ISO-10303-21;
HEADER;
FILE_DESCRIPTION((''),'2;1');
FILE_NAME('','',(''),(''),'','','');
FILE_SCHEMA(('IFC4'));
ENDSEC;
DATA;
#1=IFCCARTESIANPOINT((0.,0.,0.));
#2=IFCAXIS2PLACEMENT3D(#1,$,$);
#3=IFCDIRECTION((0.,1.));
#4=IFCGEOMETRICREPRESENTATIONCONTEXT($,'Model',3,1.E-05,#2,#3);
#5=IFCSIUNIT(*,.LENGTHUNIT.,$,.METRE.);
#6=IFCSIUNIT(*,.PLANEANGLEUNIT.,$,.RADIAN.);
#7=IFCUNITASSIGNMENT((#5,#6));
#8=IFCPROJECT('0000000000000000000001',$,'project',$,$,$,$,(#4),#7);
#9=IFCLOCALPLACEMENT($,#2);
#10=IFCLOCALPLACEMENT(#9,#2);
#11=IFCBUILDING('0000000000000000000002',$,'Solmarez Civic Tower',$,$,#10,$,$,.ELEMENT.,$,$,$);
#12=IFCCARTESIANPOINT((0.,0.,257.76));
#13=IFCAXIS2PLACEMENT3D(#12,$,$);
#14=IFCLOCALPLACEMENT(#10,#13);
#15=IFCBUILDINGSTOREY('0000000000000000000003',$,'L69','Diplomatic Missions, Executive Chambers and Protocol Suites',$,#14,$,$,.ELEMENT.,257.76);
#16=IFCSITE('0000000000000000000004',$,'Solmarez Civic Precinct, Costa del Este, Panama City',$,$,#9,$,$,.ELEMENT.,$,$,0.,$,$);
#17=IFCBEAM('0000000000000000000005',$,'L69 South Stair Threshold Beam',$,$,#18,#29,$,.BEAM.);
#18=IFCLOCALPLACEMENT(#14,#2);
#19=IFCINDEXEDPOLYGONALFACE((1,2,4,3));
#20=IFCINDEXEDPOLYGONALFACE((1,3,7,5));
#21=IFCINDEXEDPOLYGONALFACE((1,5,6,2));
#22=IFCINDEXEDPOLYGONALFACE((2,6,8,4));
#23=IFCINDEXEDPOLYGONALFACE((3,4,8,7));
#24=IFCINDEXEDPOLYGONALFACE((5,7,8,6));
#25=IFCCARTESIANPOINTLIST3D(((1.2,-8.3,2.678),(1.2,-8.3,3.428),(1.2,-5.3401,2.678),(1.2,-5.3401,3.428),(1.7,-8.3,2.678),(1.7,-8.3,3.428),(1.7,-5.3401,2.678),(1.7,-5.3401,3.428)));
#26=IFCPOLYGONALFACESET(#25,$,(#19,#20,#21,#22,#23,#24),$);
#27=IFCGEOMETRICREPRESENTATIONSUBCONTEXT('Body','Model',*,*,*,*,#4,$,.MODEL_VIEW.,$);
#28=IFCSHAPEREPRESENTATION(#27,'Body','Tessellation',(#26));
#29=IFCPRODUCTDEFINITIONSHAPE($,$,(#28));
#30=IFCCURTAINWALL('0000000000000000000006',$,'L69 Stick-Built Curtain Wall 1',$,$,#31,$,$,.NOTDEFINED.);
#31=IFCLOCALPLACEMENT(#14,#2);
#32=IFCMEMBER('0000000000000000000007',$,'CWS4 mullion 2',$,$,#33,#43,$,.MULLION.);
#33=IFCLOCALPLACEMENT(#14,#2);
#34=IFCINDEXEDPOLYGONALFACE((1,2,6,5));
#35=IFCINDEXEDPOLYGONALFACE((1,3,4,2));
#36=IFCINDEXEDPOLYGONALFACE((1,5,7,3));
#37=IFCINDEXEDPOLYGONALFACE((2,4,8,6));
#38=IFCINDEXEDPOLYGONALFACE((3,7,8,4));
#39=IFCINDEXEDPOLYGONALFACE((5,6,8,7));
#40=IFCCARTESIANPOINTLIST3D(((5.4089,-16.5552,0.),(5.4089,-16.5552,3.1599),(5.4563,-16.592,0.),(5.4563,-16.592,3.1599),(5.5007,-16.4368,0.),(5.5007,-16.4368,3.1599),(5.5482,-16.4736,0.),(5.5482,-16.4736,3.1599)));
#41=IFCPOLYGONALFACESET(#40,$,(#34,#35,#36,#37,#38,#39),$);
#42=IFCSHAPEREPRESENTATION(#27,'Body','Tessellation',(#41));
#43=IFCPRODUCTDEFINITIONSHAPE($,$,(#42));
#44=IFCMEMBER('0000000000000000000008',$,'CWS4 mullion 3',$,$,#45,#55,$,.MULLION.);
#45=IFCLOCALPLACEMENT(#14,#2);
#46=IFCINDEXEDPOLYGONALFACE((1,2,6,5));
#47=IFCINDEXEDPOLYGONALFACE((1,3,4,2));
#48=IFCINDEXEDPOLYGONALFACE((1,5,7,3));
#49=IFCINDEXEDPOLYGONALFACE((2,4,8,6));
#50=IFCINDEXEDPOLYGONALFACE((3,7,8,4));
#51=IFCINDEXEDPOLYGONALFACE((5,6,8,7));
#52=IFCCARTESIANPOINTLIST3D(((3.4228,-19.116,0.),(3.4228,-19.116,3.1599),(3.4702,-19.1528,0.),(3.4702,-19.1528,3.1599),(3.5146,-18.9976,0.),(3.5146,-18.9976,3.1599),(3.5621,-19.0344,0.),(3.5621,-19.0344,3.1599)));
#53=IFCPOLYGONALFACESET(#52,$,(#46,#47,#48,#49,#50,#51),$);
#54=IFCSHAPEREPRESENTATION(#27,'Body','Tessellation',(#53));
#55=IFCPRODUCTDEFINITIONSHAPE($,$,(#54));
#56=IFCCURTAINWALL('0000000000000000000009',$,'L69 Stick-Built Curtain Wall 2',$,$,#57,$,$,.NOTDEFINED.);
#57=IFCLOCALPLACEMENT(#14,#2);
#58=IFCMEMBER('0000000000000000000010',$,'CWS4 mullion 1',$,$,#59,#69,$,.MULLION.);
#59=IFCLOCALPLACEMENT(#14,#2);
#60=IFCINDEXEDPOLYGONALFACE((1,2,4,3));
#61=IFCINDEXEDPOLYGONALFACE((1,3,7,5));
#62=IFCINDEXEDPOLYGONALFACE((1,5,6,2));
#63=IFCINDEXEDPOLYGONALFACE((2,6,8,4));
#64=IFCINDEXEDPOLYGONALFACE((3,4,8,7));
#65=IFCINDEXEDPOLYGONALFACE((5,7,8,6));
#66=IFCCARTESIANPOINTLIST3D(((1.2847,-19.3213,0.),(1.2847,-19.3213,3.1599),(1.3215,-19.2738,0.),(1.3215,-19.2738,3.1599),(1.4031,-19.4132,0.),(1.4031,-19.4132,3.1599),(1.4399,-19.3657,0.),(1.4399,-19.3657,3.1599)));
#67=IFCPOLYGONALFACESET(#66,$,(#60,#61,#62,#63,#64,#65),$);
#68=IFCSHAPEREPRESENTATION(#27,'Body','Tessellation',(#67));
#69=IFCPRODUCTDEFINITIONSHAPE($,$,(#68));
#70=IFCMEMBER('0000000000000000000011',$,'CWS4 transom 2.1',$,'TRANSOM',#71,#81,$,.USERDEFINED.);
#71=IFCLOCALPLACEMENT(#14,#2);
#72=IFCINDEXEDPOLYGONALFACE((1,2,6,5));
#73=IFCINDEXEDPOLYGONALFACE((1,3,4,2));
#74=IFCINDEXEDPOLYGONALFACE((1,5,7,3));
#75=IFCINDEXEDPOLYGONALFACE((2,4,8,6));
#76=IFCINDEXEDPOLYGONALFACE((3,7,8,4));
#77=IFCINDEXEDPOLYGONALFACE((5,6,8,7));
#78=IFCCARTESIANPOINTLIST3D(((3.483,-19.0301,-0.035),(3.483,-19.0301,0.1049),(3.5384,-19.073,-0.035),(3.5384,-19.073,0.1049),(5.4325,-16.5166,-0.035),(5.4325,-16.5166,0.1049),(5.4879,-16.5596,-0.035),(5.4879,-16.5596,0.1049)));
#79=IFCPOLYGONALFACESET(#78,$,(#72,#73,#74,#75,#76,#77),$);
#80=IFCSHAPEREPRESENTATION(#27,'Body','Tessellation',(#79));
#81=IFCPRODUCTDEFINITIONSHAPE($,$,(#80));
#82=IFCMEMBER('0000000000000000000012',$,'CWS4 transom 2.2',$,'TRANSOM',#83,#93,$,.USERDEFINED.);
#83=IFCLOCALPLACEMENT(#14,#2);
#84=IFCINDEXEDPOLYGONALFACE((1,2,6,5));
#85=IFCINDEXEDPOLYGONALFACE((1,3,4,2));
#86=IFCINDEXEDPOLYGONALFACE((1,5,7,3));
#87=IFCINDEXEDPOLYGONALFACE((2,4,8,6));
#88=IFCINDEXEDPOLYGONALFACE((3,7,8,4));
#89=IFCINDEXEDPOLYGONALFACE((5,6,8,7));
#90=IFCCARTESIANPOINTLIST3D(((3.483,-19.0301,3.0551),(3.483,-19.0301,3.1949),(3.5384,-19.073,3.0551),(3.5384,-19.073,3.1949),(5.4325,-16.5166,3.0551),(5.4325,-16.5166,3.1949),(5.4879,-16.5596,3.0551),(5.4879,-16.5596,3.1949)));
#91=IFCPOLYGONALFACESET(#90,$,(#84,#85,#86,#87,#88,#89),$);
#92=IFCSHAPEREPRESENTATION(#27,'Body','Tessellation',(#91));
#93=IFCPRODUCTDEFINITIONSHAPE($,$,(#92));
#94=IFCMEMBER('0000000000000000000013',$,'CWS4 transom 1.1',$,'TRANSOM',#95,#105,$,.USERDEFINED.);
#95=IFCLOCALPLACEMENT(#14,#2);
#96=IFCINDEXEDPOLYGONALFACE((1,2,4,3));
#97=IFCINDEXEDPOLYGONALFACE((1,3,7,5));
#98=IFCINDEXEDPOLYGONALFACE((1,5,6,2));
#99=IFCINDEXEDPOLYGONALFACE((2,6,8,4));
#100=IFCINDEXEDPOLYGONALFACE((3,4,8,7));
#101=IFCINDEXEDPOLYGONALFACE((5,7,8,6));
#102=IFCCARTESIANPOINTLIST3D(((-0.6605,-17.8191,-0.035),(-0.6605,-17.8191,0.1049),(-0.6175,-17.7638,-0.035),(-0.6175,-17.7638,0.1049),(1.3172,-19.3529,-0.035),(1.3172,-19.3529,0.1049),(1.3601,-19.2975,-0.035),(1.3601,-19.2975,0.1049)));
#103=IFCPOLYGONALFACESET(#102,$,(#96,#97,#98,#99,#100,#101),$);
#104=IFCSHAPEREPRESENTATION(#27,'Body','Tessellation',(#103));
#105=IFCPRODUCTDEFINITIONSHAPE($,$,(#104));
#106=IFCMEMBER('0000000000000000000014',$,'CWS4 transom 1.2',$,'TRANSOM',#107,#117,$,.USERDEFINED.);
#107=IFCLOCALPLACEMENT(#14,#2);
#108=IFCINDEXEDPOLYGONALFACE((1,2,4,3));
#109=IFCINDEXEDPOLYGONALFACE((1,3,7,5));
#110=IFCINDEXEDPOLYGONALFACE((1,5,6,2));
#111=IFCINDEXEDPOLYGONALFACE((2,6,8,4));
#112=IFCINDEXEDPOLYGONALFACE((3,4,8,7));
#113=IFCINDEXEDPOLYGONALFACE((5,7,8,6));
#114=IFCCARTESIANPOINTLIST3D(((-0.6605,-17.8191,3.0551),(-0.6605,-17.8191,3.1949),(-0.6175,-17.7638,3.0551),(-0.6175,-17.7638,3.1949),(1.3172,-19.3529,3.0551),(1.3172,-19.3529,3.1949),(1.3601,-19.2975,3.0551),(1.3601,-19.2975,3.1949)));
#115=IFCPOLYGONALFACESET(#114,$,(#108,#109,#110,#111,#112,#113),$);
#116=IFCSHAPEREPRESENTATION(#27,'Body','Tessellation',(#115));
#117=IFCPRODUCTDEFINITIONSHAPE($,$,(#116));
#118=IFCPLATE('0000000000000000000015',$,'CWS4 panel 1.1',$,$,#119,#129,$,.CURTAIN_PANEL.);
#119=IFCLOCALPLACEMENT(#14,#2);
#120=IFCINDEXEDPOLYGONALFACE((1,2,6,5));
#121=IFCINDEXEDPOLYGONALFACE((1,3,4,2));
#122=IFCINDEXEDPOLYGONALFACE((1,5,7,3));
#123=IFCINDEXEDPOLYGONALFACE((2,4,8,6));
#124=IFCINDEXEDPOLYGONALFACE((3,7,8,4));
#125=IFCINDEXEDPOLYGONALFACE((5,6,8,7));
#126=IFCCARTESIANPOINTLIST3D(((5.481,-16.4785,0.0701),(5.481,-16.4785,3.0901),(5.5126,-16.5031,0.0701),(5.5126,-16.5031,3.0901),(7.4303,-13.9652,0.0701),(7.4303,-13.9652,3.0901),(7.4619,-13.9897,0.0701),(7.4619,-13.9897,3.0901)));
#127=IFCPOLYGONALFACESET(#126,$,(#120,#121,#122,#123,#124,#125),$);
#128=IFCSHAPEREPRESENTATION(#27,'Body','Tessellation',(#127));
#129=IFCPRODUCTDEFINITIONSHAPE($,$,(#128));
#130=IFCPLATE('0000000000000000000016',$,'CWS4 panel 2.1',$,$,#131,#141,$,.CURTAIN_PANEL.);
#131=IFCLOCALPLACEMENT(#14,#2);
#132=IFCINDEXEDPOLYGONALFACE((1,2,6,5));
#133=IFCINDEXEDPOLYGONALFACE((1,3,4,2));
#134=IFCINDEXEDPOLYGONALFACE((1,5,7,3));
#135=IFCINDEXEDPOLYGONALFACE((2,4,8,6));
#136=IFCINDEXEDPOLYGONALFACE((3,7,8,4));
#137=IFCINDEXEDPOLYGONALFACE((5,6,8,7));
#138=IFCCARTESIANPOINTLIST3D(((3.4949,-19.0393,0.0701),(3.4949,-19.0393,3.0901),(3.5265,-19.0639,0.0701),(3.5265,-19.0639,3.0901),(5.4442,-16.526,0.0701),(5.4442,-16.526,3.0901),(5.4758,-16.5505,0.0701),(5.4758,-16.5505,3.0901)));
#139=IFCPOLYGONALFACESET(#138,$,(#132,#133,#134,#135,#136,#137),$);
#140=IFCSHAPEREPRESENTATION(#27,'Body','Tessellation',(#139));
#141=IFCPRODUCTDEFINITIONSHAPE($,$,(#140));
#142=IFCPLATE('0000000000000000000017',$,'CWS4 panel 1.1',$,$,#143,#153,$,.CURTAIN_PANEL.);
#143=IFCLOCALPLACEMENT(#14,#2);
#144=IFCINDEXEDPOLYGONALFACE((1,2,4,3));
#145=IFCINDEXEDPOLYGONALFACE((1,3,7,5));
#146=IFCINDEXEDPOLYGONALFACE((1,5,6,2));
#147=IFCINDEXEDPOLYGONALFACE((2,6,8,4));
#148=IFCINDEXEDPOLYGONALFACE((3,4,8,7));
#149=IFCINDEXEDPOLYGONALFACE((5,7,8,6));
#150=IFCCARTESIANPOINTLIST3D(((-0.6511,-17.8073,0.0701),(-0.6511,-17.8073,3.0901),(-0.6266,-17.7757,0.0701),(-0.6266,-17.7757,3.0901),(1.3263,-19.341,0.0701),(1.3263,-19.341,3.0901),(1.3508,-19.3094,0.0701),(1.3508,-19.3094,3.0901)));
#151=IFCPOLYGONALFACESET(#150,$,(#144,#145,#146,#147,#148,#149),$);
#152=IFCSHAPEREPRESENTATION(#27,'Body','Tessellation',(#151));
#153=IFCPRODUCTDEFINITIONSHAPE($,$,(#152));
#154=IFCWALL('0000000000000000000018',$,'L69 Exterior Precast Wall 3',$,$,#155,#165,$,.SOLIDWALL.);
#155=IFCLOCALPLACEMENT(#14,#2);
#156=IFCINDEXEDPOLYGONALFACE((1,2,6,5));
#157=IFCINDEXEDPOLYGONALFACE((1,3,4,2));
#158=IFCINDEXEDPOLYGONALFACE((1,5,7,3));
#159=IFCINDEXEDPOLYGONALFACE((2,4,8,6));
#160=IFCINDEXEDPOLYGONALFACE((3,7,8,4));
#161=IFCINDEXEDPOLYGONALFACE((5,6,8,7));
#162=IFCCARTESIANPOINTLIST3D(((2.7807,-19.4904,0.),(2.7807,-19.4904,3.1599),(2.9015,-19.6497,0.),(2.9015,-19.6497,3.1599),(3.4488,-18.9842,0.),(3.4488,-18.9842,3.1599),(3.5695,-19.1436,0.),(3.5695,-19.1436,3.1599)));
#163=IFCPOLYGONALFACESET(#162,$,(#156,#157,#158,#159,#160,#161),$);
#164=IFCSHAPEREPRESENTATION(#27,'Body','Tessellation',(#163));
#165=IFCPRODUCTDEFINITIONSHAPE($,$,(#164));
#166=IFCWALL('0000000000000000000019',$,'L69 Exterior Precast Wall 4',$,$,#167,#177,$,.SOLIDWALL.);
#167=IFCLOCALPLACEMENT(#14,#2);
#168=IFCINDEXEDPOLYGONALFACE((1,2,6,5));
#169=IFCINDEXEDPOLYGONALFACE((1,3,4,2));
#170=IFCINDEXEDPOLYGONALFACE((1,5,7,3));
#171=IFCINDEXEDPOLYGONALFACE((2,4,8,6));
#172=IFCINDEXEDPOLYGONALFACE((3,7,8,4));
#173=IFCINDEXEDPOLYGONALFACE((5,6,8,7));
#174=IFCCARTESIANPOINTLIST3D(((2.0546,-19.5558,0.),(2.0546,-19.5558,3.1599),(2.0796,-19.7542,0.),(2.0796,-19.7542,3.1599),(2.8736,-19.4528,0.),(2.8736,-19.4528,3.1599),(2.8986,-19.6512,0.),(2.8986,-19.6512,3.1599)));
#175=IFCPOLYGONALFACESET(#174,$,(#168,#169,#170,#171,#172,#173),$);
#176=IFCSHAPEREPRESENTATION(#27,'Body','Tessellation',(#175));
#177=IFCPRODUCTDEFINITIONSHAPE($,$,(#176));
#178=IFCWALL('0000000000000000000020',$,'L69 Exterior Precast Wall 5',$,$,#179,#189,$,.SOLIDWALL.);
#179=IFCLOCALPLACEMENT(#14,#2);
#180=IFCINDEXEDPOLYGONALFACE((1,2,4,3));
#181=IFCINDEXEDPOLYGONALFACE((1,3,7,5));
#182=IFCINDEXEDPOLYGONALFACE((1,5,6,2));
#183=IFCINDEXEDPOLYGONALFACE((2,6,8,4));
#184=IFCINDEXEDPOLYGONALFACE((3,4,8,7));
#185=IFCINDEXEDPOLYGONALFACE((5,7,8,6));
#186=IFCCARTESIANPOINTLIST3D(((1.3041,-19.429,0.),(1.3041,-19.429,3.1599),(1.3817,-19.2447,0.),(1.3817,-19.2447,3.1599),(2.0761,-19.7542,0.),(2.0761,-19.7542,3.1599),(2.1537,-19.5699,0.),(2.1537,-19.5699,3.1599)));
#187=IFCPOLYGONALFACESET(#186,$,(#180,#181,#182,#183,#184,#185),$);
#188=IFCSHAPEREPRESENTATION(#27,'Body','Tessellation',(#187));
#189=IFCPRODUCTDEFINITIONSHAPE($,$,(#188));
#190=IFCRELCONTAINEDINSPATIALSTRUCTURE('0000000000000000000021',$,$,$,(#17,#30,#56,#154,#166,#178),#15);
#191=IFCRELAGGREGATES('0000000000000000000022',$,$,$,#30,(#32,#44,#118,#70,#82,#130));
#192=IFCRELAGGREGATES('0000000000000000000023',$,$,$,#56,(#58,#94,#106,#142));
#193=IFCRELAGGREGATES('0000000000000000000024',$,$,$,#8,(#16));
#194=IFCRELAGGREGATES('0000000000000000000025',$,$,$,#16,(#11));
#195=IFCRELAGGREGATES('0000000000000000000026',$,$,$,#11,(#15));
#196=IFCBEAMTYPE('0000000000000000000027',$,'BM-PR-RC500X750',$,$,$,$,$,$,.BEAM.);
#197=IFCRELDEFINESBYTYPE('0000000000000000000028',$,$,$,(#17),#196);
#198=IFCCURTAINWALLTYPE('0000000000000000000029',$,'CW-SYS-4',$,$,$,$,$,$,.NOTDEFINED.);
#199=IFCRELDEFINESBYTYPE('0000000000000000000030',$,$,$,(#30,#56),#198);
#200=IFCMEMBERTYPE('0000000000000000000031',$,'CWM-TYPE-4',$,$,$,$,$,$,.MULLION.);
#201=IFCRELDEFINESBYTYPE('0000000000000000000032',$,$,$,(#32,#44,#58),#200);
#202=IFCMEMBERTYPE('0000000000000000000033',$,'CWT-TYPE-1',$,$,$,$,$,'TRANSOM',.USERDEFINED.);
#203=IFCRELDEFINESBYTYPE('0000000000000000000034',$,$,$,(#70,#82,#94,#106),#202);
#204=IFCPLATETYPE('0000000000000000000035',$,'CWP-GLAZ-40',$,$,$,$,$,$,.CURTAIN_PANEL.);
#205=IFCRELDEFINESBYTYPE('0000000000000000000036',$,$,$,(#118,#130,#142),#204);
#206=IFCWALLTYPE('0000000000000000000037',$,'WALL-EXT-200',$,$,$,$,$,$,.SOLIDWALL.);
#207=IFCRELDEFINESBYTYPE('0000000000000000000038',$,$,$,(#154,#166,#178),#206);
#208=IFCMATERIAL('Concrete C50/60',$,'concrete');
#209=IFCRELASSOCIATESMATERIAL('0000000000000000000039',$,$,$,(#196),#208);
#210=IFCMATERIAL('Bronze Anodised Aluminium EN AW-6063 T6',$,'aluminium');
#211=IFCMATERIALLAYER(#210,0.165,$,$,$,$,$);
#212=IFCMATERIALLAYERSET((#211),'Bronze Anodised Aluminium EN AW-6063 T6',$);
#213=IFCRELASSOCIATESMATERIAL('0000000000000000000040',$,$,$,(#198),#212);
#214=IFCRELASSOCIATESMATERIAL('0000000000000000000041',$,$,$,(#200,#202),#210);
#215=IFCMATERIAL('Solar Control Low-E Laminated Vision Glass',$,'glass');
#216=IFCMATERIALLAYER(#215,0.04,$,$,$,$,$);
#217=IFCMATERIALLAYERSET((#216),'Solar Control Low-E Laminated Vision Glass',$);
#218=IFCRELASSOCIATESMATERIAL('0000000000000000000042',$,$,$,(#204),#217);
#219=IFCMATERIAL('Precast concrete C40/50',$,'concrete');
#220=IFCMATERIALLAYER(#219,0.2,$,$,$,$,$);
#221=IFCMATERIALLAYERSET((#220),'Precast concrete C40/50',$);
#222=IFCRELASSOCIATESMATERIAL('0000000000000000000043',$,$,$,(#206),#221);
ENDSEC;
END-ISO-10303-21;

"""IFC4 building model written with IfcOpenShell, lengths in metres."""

from ifc_helpers import new_model, si_unit, direction, frame, frame_2d, origin, origin_2d, place, context, subcontext, project, spatial, rectangle, extrude, material, layer, layer_set, material_profile, profile_set, type_object, element, aggregate, save


model = new_model("IFC4")

# Units and contexts
model_context = context("Model", 3, precision=1e-05, world=origin(), true_north=direction((0.0, 1.0)))
body_context = subcontext(model_context, "Body", "Model", "MODEL_VIEW")
ifc_project = project(units=[si_unit("LENGTHUNIT", "METRE"), si_unit("PLANEANGLEUNIT", "RADIAN")], contexts=[model_context])

# Site, building, storey
site_placement = place(None, origin())
site = spatial("IfcSite", under=ifc_project, at=site_placement, Name="Solmarez Civic Precinct, Costa del Este, Panama City", CompositionType="ELEMENT", RefElevation=0.0)
building_placement = place(site_placement, origin())
building = spatial("IfcBuilding", under=site, at=building_placement, Name="Solmarez Civic Tower", CompositionType="ELEMENT")
storey_placement = place(building_placement, frame((0.0, 0.0, 257.76)))
storey = spatial("IfcBuildingStorey", under=building, at=storey_placement, Name="L69", Description="Diplomatic Missions, Executive Chambers and Protocol Suites", CompositionType="ELEMENT", Elevation=257.76)

# Beam
ifc_material_1 = material(Name="Concrete C50/60", Category="concrete")
ifc_material_profile_1 = material_profile(ifc_material_1, rectangle(XDim=0.5, YDim=0.75, at=origin_2d()), Name="RC500X750")
ifc_profile_set_1 = profile_set([ifc_material_profile_1], Name="Concrete C50/60")
beam_type = type_object("IfcBeamType", Name="BM-PR-RC500X750", PredefinedType="BEAM", material=ifc_profile_set_1)
beam_placement = place(storey_placement, frame((1.45, -8.3, 3.053), z_axis=(0.0, 1.0, 0.0), x_axis=(-1.0, 0.0, 0.0)))
element("IfcBeam", 1, at=beam_placement, inside=storey, type_object=beam_type, Name="L69 South Stair Threshold Beam", PredefinedType="BEAM", context=body_context, shape_type="SweptSolid", body=[
    extrude(rectangle(XDim=0.5, YDim=0.75, at=origin_2d()), origin(), (0.0, 0.0, 1.0), 2.96),
])

# Curtain wall, members
ifc_material_2 = material(Name="Bronze Anodised Aluminium EN AW-6063 T6", Category="aluminium")
ifc_layer_1 = layer(ifc_material_2, 0.165)
ifc_layer_set_1 = layer_set([ifc_layer_1], Name="Bronze Anodised Aluminium EN AW-6063 T6")
curtain_wall_type = type_object("IfcCurtainWallType", Name="CW-SYS-4", PredefinedType="NOTDEFINED", material=ifc_layer_set_1)
curtain_wall_1_placement = place(storey_placement, origin())
curtain_wall_1 = element("IfcCurtainWall", 2, at=curtain_wall_1_placement, inside=storey, type_object=curtain_wall_type, Name="L69 Stick-Built Curtain Wall 1", PredefinedType="NOTDEFINED")
ifc_material_profile_2 = material_profile(ifc_material_2, rectangle(XDim=0.0601, YDim=0.1499, at=origin_2d()), Name="CWM-60X150")
ifc_profile_set_2 = profile_set([ifc_material_profile_2], Name="Bronze Anodised Aluminium EN AW-6063 T6")
member_type_1 = type_object("IfcMemberType", Name="CWM-TYPE-4", PredefinedType="MULLION", material=ifc_profile_set_2)
member_1_placement = place(storey_placement, frame((5.4785, -16.5144, 0.0), z_axis=(0.0, 0.0, 1.0), x_axis=(0.790191, -0.612861, 0.0)))
member_1 = element("IfcMember", 3, at=member_1_placement, type_object=member_type_1, Name="CWS4 mullion 2", PredefinedType="MULLION", context=body_context, shape_type="SweptSolid", body=[
    extrude(rectangle(XDim=0.0601, YDim=0.1499, at=origin_2d()), origin(), (0.0, 0.0, 1.0), 3.1599),
])
member_2_placement = place(storey_placement, frame((3.4924, -19.0752, 0.0), z_axis=(0.0, 0.0, 1.0), x_axis=(0.790191, -0.612861, 0.0)))
member_2 = element("IfcMember", 4, at=member_2_placement, type_object=member_type_1, Name="CWS4 mullion 3", PredefinedType="MULLION", context=body_context, shape_type="SweptSolid", body=[
    extrude(rectangle(XDim=0.0601, YDim=0.1499, at=origin_2d()), origin(), (0.0, 0.0, 1.0), 3.1599),
])

# Curtain wall, member
curtain_wall_2_placement = place(storey_placement, origin())
curtain_wall_2 = element("IfcCurtainWall", 5, at=curtain_wall_2_placement, inside=storey, type_object=curtain_wall_type, Name="L69 Stick-Built Curtain Wall 2", PredefinedType="NOTDEFINED")
member_3_placement = place(storey_placement, frame((1.3623, -19.3435, 0.0), z_axis=(0.0, 0.0, 1.0), x_axis=(-0.612864, -0.790189, 0.0)))
member_3 = element("IfcMember", 6, at=member_3_placement, type_object=member_type_1, Name="CWS4 mullion 1", PredefinedType="MULLION", context=body_context, shape_type="SweptSolid", body=[
    extrude(rectangle(XDim=0.0601, YDim=0.1499, at=origin_2d()), origin(), (0.0, 0.0, 1.0), 3.1599),
])

# Members
ifc_material_profile_3 = material_profile(ifc_material_2, rectangle(XDim=0.0701, YDim=0.1399, at=origin_2d()), Name="CWT-70X140")
ifc_profile_set_3 = profile_set([ifc_material_profile_3], Name="Bronze Anodised Aluminium EN AW-6063 T6")
member_type_2 = type_object("IfcMemberType", Name="CWT-TYPE-1", ElementType="TRANSOM", PredefinedType="USERDEFINED", material=ifc_profile_set_3)
member_4_placement = place(storey_placement, frame((5.4602, -16.5381, 0.0349), z_axis=(-0.612877, -0.790178, 0.0), x_axis=(0.790178, -0.612877, 0.0)))
member_4 = element("IfcMember", 7, at=member_4_placement, type_object=member_type_2, Name="CWS4 transom 2.1", ObjectType="TRANSOM", PredefinedType="USERDEFINED", context=body_context, shape_type="SweptSolid", body=[
    extrude(rectangle(XDim=0.0701, YDim=0.1399, at=origin_2d()), origin(), (0.0, 0.0, 1.0), 3.1809),
])
member_5_placement = place(storey_placement, frame((5.4602, -16.5381, 3.125), z_axis=(-0.612877, -0.790178, 0.0), x_axis=(0.790178, -0.612877, 0.0)))
member_5 = element("IfcMember", 8, at=member_5_placement, type_object=member_type_2, Name="CWS4 transom 2.2", ObjectType="TRANSOM", PredefinedType="USERDEFINED", context=body_context, shape_type="SweptSolid", body=[
    extrude(rectangle(XDim=0.0701, YDim=0.1399, at=origin_2d()), origin(), (0.0, 0.0, 1.0), 3.1809),
])
member_6_placement = place(storey_placement, frame((1.3386, -19.3252, 0.0349), z_axis=(-0.790202, 0.612846, 0.0), x_axis=(-0.612846, -0.790202, 0.0)))
member_6 = element("IfcMember", 9, at=member_6_placement, type_object=member_type_2, Name="CWS4 transom 1.1", ObjectType="TRANSOM", PredefinedType="USERDEFINED", context=body_context, shape_type="SweptSolid", body=[
    extrude(rectangle(XDim=0.0701, YDim=0.1399, at=origin_2d()), origin(), (0.0, 0.0, 1.0), 2.5027),
])
member_7_placement = place(storey_placement, frame((1.3386, -19.3252, 3.125), z_axis=(-0.790202, 0.612846, 0.0), x_axis=(-0.612846, -0.790202, 0.0)))
member_7 = element("IfcMember", 10, at=member_7_placement, type_object=member_type_2, Name="CWS4 transom 1.2", ObjectType="TRANSOM", PredefinedType="USERDEFINED", context=body_context, shape_type="SweptSolid", body=[
    extrude(rectangle(XDim=0.0701, YDim=0.1399, at=origin_2d()), origin(), (0.0, 0.0, 1.0), 2.5027),
])

# Plates
ifc_material_3 = material(Name="Solar Control Low-E Laminated Vision Glass", Category="glass")
ifc_layer_2 = layer(ifc_material_3, 0.04)
ifc_layer_set_2 = layer_set([ifc_layer_2], Name="Solar Control Low-E Laminated Vision Glass")
plate_type = type_object("IfcPlateType", Name="CWP-GLAZ-40", PredefinedType="CURTAIN_PANEL", material=ifc_layer_set_2)
plate_1_placement = place(storey_placement, frame((6.4714, -15.2341, 0.0701), z_axis=(0.0, 0.0, 1.0), x_axis=(-0.612861, -0.790191, 0.0)))
plate_1 = element("IfcPlate", 11, at=plate_1_placement, type_object=plate_type, Name="CWS4 panel 1.1", PredefinedType="CURTAIN_PANEL", context=body_context, shape_type="SweptSolid", body=[
    extrude(rectangle(XDim=3.1807, YDim=0.04, at=origin_2d()), origin(), (0.0, 0.0, 1.0), 3.02),
])
plate_2_placement = place(storey_placement, frame((4.4854, -17.7949, 0.0701), z_axis=(0.0, 0.0, 1.0), x_axis=(-0.612861, -0.790191, 0.0)))
plate_2 = element("IfcPlate", 12, at=plate_2_placement, type_object=plate_type, Name="CWS4 panel 2.1", PredefinedType="CURTAIN_PANEL", context=body_context, shape_type="SweptSolid", body=[
    extrude(rectangle(XDim=3.1807, YDim=0.04, at=origin_2d()), origin(), (0.0, 0.0, 1.0), 3.02),
])
aggregate(curtain_wall_1, [member_1, member_2, plate_1, member_4, member_5, plate_2])
plate_3_placement = place(storey_placement, frame((0.3499, -18.5583, 0.0701), z_axis=(0.0, 0.0, 1.0), x_axis=(-0.790189, 0.612864, 0.0)))
plate_3 = element("IfcPlate", 13, at=plate_3_placement, type_object=plate_type, Name="CWS4 panel 1.1", PredefinedType="CURTAIN_PANEL", context=body_context, shape_type="SweptSolid", body=[
    extrude(rectangle(XDim=2.5024, YDim=0.04, at=origin_2d()), origin(), (0.0, 0.0, 1.0), 3.02),
])
aggregate(curtain_wall_2, [member_3, member_6, member_7, plate_3])

# Walls
ifc_material_4 = material(Name="Precast concrete C40/50", Category="concrete")
ifc_layer_3 = layer(ifc_material_4, 0.2)
ifc_layer_set_3 = layer_set([ifc_layer_3], Name="Precast concrete C40/50")
wall_type_1 = type_object("IfcWallType", Name="WALL-EXT-200", PredefinedType="SOLIDWALL", material=ifc_layer_set_3)
wall_1_placement = place(storey_placement, frame((3.509, -19.064, 0.0), z_axis=(0.0, 0.0, 1.0), x_axis=(-0.797054, -0.603908, 0.0)))
element("IfcWall", 14, at=wall_1_placement, inside=storey, type_object=wall_type_1, Name="L69 Exterior Precast Wall 3", PredefinedType="SOLIDWALL", context=body_context, shape_type="SweptSolid", body=[
    extrude(rectangle(XDim=0.8381, YDim=0.2, at=frame_2d((0.4189, 0.0))), origin(), (0.0, 0.0, 1.0), 3.1599),
])
wall_2_placement = place(storey_placement, frame((2.886, -19.552, 0.0), z_axis=(0.0, 0.0, 1.0), x_axis=(-0.992182, -0.124799, 0.0)))
element("IfcWall", 15, at=wall_2_placement, inside=storey, type_object=wall_type_1, Name="L69 Exterior Precast Wall 4", PredefinedType="SOLIDWALL", context=body_context, shape_type="SweptSolid", body=[
    extrude(rectangle(XDim=0.8254, YDim=0.2, at=frame_2d((0.4126, 0.0))), origin(), (0.0, 0.0, 1.0), 3.1599),
])
wall_3_placement = place(storey_placement, frame((2.115, -19.6621, 0.0), z_axis=(0.0, 0.0, 1.0), x_axis=(-0.92157, 0.388213, 0.0)))
element("IfcWall", 16, at=wall_3_placement, inside=storey, type_object=wall_type_1, Name="L69 Exterior Precast Wall 5", PredefinedType="SOLIDWALL", context=body_context, shape_type="SweptSolid", body=[
    extrude(rectangle(XDim=0.8376, YDim=0.2, at=frame_2d((0.4189, 0.0))), origin(), (0.0, 0.0, 1.0), 3.1599),
])

save(model, "model.ifc")
